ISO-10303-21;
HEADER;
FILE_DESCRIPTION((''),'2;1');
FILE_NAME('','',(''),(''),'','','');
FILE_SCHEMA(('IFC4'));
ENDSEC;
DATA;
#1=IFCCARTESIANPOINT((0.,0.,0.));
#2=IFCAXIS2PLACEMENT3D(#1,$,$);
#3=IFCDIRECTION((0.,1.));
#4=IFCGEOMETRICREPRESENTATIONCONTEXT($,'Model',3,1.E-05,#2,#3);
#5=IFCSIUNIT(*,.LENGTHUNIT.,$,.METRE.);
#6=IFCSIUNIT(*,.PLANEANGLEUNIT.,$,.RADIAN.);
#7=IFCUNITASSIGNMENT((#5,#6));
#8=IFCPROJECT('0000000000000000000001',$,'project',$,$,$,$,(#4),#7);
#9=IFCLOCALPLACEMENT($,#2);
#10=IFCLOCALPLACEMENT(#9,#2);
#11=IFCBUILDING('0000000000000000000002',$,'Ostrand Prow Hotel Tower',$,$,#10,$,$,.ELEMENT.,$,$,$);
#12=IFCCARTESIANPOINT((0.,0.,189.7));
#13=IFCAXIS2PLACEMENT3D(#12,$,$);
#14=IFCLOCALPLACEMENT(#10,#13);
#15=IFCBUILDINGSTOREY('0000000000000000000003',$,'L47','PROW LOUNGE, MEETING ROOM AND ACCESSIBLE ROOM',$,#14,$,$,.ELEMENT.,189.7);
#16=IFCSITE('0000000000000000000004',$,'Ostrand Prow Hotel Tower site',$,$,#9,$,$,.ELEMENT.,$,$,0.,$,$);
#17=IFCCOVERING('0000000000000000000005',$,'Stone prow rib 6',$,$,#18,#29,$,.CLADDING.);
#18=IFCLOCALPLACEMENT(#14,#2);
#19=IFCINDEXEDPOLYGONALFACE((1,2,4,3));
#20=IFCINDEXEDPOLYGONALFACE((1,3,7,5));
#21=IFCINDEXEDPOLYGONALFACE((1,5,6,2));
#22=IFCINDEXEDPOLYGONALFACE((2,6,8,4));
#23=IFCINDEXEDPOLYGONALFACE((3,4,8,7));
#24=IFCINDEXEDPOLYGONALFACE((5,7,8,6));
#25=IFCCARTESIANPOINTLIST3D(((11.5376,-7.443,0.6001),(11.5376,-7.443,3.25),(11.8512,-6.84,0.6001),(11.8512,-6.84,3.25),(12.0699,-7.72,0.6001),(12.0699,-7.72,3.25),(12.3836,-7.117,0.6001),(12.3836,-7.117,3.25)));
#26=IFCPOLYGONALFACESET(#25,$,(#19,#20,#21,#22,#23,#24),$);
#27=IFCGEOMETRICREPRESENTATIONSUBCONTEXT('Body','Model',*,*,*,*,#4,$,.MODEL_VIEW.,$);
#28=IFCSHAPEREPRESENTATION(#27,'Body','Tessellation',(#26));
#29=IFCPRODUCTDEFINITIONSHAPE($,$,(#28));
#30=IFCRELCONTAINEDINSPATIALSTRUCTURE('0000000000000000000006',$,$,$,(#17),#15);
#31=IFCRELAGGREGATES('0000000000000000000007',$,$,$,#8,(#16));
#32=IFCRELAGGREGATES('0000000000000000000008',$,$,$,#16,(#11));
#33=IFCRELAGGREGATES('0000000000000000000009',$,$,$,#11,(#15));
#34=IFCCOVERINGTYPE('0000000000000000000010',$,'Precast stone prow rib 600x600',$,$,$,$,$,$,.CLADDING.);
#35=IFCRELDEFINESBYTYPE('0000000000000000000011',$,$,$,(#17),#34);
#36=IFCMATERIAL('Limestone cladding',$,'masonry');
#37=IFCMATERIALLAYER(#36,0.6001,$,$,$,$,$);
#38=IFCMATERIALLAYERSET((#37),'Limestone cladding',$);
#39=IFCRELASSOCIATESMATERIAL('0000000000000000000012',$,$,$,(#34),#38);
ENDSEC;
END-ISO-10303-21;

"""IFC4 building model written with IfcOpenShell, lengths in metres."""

from ifc_helpers import new_model, si_unit, direction, frame, frame_2d, origin, place, context, subcontext, project, spatial, rectangle, extrude, material, layer, layer_set, type_object, element, save


model = new_model("IFC4")

# Units and contexts
model_context = context("Model", 3, precision=1e-05, world=origin(), true_north=direction((0.0, 1.0)))
body_context = subcontext(model_context, "Body", "Model", "MODEL_VIEW")
ifc_project = project(units=[si_unit("LENGTHUNIT", "METRE"), si_unit("PLANEANGLEUNIT", "RADIAN")], contexts=[model_context])

# Site, building, storey
site_placement = place(None, origin())
site = spatial("IfcSite", under=ifc_project, at=site_placement, Name="Ostrand Prow Hotel Tower site", CompositionType="ELEMENT", RefElevation=0.0)
building_placement = place(site_placement, origin())
building = spatial("IfcBuilding", under=site, at=building_placement, Name="Ostrand Prow Hotel Tower", CompositionType="ELEMENT")
storey_placement = place(building_placement, frame((0.0, 0.0, 189.7)))
storey = spatial("IfcBuildingStorey", under=building, at=storey_placement, Name="L47", Description="PROW LOUNGE, MEETING ROOM AND ACCESSIBLE ROOM", CompositionType="ELEMENT", Elevation=189.7)

# Covering
ifc_material_1 = material(Name="Limestone cladding", Category="masonry")
ifc_layer_1 = layer(ifc_material_1, 0.6001)
ifc_layer_set_1 = layer_set([ifc_layer_1], Name="Limestone cladding")
covering_type_1 = type_object("IfcCoveringType", Name="Precast stone prow rib 600x600", PredefinedType="CLADDING", material=ifc_layer_set_1)
covering_1_placement = place(storey_placement, frame((12.1174, -6.9785, 0.6001), z_axis=(0.0, 0.0, 1.0), x_axis=(-0.461522, -0.887129, 0.0)))
element("IfcCovering", 1, at=covering_1_placement, inside=storey, type_object=covering_type_1, Name="Stone prow rib 6", PredefinedType="CLADDING", context=body_context, shape_type="SweptSolid", body=[
    extrude(rectangle(XDim=0.6797, YDim=0.6001, at=frame_2d((0.3398, 0.0))), origin(), (0.0, 0.0, 1.0), 2.6499),
])

save(model, "model.ifc")
